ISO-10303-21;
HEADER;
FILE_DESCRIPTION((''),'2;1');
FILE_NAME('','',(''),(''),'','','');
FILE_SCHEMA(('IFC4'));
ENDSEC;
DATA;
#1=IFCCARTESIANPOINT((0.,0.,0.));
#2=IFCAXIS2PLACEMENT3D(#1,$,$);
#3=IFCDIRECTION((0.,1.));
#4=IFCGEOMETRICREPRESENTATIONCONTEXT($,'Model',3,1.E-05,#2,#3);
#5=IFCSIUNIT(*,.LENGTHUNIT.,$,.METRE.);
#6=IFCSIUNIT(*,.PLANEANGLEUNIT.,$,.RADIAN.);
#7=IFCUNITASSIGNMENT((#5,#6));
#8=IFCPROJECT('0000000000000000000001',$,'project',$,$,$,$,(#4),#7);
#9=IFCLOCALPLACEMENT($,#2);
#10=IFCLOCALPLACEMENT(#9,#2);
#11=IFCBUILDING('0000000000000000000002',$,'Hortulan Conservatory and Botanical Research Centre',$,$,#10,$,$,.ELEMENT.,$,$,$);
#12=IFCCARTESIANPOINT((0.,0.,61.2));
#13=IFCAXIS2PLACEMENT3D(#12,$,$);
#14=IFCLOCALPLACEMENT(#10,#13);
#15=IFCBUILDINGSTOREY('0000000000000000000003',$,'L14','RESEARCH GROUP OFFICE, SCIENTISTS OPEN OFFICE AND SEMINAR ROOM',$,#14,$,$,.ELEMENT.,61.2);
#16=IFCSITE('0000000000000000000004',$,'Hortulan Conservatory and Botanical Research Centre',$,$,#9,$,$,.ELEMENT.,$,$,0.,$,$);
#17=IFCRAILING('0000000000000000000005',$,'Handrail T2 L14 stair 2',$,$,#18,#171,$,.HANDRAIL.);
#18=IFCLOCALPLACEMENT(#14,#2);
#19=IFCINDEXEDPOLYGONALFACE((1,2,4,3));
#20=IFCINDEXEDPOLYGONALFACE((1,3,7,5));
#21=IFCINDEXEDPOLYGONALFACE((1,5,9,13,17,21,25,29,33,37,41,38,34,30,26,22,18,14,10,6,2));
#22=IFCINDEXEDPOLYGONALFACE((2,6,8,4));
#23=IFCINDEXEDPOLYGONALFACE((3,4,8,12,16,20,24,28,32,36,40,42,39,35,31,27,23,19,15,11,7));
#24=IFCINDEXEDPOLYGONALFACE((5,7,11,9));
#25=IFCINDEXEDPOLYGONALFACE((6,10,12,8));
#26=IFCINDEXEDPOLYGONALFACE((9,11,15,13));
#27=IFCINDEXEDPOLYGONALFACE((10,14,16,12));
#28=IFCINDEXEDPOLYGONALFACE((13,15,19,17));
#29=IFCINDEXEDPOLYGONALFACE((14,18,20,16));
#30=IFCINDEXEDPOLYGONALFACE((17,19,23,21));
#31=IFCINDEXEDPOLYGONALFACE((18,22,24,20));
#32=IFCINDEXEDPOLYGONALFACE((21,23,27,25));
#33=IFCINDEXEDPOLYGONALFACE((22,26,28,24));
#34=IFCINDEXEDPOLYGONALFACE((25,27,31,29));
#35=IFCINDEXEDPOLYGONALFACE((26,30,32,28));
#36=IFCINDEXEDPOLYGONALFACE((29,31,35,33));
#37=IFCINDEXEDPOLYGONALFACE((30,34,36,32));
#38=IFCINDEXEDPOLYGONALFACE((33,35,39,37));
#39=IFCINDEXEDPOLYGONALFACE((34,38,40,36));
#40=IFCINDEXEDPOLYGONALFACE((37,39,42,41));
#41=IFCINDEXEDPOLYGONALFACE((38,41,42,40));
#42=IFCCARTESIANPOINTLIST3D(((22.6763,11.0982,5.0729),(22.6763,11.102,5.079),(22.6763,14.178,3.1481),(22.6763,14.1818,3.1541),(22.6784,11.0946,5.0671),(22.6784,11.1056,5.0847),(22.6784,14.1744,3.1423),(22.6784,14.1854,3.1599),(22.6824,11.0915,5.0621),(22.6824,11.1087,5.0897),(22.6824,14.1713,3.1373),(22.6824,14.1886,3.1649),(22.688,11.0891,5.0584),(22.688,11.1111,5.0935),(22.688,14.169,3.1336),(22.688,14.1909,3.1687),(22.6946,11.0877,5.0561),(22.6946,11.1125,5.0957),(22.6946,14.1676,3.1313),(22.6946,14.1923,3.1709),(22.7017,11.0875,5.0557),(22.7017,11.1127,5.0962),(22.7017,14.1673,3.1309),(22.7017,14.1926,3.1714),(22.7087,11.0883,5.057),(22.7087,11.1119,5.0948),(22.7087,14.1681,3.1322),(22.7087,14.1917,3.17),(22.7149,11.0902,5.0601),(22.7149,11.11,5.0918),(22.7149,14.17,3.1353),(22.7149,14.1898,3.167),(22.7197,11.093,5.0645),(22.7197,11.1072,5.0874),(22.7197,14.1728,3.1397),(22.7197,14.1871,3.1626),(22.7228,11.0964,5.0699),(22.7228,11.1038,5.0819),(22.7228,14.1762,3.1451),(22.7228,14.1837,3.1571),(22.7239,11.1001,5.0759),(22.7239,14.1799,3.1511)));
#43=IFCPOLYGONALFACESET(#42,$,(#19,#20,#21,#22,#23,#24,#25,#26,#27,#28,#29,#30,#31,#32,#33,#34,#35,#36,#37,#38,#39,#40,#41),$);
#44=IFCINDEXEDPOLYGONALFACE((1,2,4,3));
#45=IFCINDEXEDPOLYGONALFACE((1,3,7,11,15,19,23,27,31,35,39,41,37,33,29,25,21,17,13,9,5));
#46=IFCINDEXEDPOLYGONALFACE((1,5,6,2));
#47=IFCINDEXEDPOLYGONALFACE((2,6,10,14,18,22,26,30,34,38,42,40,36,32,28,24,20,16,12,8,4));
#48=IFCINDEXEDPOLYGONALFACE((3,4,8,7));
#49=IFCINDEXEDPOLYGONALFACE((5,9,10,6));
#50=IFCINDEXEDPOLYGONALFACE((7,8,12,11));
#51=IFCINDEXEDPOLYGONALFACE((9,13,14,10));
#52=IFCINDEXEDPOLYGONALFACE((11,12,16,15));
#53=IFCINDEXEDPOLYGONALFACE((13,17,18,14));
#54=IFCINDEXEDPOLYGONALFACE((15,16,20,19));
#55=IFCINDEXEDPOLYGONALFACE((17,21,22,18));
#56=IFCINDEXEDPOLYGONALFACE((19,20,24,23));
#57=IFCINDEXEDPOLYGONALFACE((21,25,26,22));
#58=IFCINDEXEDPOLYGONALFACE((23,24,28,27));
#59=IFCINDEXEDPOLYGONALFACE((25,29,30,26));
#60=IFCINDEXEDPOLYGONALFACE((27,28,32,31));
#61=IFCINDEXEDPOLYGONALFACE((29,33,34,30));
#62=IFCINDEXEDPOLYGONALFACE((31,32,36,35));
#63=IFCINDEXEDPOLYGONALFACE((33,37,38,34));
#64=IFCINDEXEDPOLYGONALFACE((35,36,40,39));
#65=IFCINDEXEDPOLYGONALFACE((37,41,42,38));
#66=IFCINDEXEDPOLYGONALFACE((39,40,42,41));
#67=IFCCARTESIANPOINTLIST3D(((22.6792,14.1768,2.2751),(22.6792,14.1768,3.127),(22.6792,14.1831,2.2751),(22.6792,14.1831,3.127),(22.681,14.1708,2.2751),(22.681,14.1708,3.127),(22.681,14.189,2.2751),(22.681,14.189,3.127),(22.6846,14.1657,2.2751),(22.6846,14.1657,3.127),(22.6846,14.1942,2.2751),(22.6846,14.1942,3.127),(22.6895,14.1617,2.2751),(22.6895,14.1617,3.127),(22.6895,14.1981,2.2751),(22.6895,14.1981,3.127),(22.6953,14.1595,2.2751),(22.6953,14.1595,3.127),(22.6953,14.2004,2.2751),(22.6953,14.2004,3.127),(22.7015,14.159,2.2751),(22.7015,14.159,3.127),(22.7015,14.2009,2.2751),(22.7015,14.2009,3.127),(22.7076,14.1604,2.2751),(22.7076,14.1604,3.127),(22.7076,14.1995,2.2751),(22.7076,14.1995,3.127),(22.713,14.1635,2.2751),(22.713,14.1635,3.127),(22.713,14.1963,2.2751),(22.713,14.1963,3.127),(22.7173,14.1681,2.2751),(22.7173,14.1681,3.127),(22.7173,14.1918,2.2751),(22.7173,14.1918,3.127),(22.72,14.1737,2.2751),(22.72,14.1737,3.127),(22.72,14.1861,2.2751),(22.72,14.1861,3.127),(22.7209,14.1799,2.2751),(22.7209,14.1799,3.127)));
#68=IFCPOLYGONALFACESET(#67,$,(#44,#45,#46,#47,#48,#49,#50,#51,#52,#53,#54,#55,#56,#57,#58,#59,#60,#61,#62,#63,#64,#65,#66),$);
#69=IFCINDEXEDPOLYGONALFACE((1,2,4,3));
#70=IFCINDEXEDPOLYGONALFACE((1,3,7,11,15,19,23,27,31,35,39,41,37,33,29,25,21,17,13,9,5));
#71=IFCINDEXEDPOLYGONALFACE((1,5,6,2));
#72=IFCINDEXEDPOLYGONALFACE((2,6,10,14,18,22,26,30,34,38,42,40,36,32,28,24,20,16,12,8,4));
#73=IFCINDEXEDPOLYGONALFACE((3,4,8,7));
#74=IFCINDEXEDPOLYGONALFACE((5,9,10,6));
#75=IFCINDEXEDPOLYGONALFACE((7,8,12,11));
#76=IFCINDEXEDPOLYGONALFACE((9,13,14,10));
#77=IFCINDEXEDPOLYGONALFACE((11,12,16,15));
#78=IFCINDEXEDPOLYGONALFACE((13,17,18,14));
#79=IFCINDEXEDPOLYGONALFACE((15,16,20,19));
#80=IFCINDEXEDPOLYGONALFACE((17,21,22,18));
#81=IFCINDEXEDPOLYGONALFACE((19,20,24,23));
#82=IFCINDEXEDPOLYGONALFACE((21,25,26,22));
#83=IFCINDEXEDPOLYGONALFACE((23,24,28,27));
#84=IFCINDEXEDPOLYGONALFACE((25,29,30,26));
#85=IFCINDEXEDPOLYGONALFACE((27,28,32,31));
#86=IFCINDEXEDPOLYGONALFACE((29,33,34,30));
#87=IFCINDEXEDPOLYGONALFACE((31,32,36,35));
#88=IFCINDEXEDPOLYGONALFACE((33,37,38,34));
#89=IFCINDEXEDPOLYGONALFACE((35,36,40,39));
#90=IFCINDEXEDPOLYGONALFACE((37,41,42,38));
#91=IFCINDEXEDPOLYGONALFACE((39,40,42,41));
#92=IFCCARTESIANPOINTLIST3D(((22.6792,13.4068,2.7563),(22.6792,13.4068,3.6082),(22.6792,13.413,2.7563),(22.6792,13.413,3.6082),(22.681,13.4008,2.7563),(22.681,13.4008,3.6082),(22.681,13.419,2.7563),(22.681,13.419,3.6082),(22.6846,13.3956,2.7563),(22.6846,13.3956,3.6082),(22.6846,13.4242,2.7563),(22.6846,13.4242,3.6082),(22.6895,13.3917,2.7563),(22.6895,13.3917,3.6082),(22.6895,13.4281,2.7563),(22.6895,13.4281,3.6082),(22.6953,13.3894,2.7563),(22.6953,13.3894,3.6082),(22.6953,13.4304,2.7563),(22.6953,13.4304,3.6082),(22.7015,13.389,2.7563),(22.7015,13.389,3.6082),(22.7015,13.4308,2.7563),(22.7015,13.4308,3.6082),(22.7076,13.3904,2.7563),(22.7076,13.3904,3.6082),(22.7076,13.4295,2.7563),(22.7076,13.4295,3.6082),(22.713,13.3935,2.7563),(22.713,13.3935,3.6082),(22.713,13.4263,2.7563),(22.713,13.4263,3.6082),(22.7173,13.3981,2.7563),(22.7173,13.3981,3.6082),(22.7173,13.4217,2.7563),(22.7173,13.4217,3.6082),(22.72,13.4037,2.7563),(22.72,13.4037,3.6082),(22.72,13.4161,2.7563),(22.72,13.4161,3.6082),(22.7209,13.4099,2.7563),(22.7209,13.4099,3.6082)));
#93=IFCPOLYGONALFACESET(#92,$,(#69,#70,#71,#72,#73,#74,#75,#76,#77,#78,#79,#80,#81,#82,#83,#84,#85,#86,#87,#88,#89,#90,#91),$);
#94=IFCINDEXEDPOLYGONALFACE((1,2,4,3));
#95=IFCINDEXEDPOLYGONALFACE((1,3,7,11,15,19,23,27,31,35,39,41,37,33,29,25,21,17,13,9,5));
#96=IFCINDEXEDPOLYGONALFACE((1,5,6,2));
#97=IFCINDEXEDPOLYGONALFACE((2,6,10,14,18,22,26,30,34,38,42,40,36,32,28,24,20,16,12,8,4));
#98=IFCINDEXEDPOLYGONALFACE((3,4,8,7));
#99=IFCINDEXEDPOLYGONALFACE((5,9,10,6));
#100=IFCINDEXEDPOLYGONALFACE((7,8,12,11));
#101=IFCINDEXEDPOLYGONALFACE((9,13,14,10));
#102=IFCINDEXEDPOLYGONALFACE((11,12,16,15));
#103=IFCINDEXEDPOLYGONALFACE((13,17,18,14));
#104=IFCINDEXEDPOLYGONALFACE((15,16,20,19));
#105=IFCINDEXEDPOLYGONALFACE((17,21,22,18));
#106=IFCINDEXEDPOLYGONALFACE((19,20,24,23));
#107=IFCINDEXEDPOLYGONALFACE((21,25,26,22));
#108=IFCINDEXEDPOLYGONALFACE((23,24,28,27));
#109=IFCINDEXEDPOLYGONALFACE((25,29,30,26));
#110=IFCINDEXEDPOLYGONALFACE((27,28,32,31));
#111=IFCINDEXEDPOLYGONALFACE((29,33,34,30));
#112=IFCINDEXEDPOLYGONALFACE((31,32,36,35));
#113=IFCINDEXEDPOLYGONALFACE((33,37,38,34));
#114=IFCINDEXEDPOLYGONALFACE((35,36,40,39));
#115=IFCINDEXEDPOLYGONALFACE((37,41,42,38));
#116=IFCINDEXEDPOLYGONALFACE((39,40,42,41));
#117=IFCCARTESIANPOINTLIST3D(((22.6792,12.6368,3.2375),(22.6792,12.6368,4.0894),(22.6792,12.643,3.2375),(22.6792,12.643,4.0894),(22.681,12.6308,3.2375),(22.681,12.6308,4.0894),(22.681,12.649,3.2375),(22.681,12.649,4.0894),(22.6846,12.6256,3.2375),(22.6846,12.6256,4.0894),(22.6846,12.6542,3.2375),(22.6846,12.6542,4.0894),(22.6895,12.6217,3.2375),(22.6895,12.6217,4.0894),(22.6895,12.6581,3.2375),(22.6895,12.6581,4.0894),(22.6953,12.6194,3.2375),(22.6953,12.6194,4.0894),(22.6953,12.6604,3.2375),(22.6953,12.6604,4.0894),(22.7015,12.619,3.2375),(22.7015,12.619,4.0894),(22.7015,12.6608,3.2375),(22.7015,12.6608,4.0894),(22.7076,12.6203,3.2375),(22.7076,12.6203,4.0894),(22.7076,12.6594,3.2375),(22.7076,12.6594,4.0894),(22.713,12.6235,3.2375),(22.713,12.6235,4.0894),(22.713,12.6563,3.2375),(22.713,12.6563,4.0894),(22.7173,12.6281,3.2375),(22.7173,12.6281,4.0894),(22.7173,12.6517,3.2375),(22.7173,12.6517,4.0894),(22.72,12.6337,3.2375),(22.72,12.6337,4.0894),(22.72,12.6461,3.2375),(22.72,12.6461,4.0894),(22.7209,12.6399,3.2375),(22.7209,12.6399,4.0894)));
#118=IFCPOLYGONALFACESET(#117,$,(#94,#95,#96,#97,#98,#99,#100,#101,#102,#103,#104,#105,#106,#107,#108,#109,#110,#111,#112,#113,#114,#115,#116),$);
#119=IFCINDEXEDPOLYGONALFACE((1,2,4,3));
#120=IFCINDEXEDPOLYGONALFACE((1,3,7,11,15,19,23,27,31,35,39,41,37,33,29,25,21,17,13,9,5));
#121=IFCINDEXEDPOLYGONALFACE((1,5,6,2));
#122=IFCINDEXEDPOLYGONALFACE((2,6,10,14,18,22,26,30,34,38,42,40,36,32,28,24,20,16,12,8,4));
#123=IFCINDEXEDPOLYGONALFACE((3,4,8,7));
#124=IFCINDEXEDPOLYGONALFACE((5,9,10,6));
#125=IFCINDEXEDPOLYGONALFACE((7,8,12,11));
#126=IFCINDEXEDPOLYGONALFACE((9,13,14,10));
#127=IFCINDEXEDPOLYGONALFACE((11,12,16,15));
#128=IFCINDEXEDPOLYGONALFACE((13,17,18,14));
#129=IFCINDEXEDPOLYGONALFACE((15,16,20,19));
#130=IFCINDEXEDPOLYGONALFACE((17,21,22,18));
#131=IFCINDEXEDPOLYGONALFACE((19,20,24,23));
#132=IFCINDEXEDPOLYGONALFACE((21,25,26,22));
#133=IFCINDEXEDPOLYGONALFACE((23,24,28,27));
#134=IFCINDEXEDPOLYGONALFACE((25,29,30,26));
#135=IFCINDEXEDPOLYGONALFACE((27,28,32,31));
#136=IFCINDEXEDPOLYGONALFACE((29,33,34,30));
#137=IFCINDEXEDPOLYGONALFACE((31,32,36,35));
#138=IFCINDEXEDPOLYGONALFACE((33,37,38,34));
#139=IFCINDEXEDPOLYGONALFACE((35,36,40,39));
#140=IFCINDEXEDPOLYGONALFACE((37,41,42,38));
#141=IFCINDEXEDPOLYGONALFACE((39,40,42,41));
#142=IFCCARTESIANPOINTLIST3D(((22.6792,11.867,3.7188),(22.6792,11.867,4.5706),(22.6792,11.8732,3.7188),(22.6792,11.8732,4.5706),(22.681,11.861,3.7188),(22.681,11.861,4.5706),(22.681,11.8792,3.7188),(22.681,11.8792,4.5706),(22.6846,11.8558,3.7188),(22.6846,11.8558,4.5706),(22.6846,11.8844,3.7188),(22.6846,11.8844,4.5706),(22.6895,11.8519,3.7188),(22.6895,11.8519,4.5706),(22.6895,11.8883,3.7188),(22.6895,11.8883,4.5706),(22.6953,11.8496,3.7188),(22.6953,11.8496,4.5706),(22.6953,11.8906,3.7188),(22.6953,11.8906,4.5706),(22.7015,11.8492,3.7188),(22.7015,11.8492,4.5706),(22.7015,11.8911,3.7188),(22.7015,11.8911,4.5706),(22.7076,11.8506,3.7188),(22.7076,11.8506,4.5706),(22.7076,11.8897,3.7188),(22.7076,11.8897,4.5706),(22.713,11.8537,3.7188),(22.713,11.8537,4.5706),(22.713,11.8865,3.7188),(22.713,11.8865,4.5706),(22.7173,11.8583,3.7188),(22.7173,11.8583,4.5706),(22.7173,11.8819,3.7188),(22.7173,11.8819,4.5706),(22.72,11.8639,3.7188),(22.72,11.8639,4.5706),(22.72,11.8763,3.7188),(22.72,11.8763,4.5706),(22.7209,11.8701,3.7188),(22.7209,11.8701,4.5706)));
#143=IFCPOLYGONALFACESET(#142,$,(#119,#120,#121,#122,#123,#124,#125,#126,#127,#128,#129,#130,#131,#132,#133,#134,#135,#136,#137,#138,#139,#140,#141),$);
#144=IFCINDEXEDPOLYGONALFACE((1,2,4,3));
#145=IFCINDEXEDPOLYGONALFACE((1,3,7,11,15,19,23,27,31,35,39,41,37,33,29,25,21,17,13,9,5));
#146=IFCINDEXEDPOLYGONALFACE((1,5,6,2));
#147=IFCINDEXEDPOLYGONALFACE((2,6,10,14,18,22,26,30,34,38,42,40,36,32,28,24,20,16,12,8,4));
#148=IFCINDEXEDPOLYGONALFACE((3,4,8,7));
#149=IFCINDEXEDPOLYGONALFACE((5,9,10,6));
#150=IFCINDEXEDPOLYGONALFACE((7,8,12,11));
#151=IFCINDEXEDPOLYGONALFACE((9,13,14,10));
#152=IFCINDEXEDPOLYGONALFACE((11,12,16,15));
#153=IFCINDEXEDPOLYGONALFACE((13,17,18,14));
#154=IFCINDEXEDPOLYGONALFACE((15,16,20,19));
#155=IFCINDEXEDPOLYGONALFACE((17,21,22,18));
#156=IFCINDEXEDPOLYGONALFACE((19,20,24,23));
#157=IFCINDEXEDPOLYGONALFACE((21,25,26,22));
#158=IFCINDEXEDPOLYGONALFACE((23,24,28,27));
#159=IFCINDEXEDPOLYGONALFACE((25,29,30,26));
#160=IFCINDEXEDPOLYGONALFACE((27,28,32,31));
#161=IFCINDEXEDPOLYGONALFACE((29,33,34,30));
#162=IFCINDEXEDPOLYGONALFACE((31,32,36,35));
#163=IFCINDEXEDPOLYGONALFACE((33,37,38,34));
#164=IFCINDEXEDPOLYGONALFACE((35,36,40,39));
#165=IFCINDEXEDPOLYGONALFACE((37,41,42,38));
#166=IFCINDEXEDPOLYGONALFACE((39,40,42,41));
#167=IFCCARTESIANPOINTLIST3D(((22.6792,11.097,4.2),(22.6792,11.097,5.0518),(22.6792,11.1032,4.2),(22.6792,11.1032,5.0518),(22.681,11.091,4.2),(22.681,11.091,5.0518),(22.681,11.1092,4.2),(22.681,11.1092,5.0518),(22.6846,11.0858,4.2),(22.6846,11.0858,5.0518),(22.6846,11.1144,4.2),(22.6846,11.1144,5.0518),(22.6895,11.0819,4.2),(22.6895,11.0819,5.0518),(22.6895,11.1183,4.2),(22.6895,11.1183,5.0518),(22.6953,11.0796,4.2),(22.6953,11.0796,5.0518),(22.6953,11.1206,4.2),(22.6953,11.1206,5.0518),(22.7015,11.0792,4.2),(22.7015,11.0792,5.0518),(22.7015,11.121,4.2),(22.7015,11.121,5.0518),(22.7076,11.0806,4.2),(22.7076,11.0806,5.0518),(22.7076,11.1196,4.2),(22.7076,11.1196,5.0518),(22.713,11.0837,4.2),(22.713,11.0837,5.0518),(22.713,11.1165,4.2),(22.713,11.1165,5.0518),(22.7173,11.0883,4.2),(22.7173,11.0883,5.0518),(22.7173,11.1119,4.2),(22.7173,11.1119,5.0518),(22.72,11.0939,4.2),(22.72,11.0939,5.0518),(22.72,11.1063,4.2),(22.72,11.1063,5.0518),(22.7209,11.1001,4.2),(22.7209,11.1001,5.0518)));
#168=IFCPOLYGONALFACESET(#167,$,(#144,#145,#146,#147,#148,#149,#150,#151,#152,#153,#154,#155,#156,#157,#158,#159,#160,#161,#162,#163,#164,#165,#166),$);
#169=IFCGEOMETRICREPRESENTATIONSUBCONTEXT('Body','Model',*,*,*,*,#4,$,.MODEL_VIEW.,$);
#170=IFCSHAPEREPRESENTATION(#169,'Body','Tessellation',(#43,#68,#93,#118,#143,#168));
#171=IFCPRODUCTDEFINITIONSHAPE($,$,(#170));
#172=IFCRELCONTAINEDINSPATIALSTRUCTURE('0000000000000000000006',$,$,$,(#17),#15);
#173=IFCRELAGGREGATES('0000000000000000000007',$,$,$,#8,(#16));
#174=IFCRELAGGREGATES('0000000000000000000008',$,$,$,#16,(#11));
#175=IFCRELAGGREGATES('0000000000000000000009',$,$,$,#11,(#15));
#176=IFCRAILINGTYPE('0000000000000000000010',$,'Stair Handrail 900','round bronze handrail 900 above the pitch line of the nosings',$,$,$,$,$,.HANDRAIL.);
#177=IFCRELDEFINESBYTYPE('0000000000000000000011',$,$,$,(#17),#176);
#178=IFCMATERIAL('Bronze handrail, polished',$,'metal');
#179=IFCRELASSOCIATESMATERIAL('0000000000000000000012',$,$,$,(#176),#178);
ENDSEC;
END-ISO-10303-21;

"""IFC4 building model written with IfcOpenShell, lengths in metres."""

from ifc_helpers import new_model, si_unit, direction, frame, origin, origin_2d, place, context, subcontext, project, spatial, circle, extrude, material, type_object, element, save


model = new_model("IFC4")

# Units and contexts
model_context = context("Model", 3, precision=1e-05, world=origin(), true_north=direction((0.0, 1.0)))
body_context = subcontext(model_context, "Body", "Model", "MODEL_VIEW")
ifc_project = project(units=[si_unit("LENGTHUNIT", "METRE"), si_unit("PLANEANGLEUNIT", "RADIAN")], contexts=[model_context])

# Site, building, storey
site_placement = place(None, origin())
site = spatial("IfcSite", under=ifc_project, at=site_placement, Name="Hortulan Conservatory and Botanical Research Centre", CompositionType="ELEMENT", RefElevation=0.0)
building_placement = place(site_placement, origin())
building = spatial("IfcBuilding", under=site, at=building_placement, Name="Hortulan Conservatory and Botanical Research Centre", CompositionType="ELEMENT")
storey_placement = place(building_placement, frame((0.0, 0.0, 61.2)))
storey = spatial("IfcBuildingStorey", under=building, at=storey_placement, Name="L14", Description="RESEARCH GROUP OFFICE, SCIENTISTS OPEN OFFICE AND SEMINAR ROOM", CompositionType="ELEMENT", Elevation=61.2)

# Railing
ifc_material_1 = material(Name="Bronze handrail, polished", Category="metal")
railing_type_1 = type_object("IfcRailingType", Name="Stair Handrail 900", Description="round bronze handrail 900 above the pitch line of the nosings", PredefinedType="HANDRAIL", material=ifc_material_1)
railing_1_placement = place(storey_placement, frame((22.7, 14.1799, 2.2751)))
element("IfcRailing", 1, at=railing_1_placement, inside=storey, type_object=railing_type_1, Name="Handrail T2 L14 stair 2", PredefinedType="HANDRAIL", context=body_context, shape_type="SweptSolid", body=[
    extrude(circle(Radius=0.0239, at=origin_2d()), frame((0.0, 0.0, 0.876), z_axis=(0.0, -0.84801, 0.529981), x_axis=(1.0, 0.0, 0.0)), (0.0, 0.0, 1.0), 3.6318),
    extrude(circle(Radius=0.021, at=origin_2d()), origin(), (0.0, 0.0, 1.0), 0.8518),
    extrude(circle(Radius=0.021, at=origin_2d()), frame((0.0, -0.77, 0.4812)), (0.0, 0.0, 1.0), 0.8518),
    extrude(circle(Radius=0.021, at=origin_2d()), frame((0.0, -1.54, 0.9624)), (0.0, 0.0, 1.0), 0.8518),
    extrude(circle(Radius=0.021, at=origin_2d()), frame((0.0, -2.3098, 1.4436)), (0.0, 0.0, 1.0), 0.8518),
    extrude(circle(Radius=0.021, at=origin_2d()), frame((0.0, -3.0798, 1.9248)), (0.0, 0.0, 1.0), 0.8518),
])

save(model, "model.ifc")
